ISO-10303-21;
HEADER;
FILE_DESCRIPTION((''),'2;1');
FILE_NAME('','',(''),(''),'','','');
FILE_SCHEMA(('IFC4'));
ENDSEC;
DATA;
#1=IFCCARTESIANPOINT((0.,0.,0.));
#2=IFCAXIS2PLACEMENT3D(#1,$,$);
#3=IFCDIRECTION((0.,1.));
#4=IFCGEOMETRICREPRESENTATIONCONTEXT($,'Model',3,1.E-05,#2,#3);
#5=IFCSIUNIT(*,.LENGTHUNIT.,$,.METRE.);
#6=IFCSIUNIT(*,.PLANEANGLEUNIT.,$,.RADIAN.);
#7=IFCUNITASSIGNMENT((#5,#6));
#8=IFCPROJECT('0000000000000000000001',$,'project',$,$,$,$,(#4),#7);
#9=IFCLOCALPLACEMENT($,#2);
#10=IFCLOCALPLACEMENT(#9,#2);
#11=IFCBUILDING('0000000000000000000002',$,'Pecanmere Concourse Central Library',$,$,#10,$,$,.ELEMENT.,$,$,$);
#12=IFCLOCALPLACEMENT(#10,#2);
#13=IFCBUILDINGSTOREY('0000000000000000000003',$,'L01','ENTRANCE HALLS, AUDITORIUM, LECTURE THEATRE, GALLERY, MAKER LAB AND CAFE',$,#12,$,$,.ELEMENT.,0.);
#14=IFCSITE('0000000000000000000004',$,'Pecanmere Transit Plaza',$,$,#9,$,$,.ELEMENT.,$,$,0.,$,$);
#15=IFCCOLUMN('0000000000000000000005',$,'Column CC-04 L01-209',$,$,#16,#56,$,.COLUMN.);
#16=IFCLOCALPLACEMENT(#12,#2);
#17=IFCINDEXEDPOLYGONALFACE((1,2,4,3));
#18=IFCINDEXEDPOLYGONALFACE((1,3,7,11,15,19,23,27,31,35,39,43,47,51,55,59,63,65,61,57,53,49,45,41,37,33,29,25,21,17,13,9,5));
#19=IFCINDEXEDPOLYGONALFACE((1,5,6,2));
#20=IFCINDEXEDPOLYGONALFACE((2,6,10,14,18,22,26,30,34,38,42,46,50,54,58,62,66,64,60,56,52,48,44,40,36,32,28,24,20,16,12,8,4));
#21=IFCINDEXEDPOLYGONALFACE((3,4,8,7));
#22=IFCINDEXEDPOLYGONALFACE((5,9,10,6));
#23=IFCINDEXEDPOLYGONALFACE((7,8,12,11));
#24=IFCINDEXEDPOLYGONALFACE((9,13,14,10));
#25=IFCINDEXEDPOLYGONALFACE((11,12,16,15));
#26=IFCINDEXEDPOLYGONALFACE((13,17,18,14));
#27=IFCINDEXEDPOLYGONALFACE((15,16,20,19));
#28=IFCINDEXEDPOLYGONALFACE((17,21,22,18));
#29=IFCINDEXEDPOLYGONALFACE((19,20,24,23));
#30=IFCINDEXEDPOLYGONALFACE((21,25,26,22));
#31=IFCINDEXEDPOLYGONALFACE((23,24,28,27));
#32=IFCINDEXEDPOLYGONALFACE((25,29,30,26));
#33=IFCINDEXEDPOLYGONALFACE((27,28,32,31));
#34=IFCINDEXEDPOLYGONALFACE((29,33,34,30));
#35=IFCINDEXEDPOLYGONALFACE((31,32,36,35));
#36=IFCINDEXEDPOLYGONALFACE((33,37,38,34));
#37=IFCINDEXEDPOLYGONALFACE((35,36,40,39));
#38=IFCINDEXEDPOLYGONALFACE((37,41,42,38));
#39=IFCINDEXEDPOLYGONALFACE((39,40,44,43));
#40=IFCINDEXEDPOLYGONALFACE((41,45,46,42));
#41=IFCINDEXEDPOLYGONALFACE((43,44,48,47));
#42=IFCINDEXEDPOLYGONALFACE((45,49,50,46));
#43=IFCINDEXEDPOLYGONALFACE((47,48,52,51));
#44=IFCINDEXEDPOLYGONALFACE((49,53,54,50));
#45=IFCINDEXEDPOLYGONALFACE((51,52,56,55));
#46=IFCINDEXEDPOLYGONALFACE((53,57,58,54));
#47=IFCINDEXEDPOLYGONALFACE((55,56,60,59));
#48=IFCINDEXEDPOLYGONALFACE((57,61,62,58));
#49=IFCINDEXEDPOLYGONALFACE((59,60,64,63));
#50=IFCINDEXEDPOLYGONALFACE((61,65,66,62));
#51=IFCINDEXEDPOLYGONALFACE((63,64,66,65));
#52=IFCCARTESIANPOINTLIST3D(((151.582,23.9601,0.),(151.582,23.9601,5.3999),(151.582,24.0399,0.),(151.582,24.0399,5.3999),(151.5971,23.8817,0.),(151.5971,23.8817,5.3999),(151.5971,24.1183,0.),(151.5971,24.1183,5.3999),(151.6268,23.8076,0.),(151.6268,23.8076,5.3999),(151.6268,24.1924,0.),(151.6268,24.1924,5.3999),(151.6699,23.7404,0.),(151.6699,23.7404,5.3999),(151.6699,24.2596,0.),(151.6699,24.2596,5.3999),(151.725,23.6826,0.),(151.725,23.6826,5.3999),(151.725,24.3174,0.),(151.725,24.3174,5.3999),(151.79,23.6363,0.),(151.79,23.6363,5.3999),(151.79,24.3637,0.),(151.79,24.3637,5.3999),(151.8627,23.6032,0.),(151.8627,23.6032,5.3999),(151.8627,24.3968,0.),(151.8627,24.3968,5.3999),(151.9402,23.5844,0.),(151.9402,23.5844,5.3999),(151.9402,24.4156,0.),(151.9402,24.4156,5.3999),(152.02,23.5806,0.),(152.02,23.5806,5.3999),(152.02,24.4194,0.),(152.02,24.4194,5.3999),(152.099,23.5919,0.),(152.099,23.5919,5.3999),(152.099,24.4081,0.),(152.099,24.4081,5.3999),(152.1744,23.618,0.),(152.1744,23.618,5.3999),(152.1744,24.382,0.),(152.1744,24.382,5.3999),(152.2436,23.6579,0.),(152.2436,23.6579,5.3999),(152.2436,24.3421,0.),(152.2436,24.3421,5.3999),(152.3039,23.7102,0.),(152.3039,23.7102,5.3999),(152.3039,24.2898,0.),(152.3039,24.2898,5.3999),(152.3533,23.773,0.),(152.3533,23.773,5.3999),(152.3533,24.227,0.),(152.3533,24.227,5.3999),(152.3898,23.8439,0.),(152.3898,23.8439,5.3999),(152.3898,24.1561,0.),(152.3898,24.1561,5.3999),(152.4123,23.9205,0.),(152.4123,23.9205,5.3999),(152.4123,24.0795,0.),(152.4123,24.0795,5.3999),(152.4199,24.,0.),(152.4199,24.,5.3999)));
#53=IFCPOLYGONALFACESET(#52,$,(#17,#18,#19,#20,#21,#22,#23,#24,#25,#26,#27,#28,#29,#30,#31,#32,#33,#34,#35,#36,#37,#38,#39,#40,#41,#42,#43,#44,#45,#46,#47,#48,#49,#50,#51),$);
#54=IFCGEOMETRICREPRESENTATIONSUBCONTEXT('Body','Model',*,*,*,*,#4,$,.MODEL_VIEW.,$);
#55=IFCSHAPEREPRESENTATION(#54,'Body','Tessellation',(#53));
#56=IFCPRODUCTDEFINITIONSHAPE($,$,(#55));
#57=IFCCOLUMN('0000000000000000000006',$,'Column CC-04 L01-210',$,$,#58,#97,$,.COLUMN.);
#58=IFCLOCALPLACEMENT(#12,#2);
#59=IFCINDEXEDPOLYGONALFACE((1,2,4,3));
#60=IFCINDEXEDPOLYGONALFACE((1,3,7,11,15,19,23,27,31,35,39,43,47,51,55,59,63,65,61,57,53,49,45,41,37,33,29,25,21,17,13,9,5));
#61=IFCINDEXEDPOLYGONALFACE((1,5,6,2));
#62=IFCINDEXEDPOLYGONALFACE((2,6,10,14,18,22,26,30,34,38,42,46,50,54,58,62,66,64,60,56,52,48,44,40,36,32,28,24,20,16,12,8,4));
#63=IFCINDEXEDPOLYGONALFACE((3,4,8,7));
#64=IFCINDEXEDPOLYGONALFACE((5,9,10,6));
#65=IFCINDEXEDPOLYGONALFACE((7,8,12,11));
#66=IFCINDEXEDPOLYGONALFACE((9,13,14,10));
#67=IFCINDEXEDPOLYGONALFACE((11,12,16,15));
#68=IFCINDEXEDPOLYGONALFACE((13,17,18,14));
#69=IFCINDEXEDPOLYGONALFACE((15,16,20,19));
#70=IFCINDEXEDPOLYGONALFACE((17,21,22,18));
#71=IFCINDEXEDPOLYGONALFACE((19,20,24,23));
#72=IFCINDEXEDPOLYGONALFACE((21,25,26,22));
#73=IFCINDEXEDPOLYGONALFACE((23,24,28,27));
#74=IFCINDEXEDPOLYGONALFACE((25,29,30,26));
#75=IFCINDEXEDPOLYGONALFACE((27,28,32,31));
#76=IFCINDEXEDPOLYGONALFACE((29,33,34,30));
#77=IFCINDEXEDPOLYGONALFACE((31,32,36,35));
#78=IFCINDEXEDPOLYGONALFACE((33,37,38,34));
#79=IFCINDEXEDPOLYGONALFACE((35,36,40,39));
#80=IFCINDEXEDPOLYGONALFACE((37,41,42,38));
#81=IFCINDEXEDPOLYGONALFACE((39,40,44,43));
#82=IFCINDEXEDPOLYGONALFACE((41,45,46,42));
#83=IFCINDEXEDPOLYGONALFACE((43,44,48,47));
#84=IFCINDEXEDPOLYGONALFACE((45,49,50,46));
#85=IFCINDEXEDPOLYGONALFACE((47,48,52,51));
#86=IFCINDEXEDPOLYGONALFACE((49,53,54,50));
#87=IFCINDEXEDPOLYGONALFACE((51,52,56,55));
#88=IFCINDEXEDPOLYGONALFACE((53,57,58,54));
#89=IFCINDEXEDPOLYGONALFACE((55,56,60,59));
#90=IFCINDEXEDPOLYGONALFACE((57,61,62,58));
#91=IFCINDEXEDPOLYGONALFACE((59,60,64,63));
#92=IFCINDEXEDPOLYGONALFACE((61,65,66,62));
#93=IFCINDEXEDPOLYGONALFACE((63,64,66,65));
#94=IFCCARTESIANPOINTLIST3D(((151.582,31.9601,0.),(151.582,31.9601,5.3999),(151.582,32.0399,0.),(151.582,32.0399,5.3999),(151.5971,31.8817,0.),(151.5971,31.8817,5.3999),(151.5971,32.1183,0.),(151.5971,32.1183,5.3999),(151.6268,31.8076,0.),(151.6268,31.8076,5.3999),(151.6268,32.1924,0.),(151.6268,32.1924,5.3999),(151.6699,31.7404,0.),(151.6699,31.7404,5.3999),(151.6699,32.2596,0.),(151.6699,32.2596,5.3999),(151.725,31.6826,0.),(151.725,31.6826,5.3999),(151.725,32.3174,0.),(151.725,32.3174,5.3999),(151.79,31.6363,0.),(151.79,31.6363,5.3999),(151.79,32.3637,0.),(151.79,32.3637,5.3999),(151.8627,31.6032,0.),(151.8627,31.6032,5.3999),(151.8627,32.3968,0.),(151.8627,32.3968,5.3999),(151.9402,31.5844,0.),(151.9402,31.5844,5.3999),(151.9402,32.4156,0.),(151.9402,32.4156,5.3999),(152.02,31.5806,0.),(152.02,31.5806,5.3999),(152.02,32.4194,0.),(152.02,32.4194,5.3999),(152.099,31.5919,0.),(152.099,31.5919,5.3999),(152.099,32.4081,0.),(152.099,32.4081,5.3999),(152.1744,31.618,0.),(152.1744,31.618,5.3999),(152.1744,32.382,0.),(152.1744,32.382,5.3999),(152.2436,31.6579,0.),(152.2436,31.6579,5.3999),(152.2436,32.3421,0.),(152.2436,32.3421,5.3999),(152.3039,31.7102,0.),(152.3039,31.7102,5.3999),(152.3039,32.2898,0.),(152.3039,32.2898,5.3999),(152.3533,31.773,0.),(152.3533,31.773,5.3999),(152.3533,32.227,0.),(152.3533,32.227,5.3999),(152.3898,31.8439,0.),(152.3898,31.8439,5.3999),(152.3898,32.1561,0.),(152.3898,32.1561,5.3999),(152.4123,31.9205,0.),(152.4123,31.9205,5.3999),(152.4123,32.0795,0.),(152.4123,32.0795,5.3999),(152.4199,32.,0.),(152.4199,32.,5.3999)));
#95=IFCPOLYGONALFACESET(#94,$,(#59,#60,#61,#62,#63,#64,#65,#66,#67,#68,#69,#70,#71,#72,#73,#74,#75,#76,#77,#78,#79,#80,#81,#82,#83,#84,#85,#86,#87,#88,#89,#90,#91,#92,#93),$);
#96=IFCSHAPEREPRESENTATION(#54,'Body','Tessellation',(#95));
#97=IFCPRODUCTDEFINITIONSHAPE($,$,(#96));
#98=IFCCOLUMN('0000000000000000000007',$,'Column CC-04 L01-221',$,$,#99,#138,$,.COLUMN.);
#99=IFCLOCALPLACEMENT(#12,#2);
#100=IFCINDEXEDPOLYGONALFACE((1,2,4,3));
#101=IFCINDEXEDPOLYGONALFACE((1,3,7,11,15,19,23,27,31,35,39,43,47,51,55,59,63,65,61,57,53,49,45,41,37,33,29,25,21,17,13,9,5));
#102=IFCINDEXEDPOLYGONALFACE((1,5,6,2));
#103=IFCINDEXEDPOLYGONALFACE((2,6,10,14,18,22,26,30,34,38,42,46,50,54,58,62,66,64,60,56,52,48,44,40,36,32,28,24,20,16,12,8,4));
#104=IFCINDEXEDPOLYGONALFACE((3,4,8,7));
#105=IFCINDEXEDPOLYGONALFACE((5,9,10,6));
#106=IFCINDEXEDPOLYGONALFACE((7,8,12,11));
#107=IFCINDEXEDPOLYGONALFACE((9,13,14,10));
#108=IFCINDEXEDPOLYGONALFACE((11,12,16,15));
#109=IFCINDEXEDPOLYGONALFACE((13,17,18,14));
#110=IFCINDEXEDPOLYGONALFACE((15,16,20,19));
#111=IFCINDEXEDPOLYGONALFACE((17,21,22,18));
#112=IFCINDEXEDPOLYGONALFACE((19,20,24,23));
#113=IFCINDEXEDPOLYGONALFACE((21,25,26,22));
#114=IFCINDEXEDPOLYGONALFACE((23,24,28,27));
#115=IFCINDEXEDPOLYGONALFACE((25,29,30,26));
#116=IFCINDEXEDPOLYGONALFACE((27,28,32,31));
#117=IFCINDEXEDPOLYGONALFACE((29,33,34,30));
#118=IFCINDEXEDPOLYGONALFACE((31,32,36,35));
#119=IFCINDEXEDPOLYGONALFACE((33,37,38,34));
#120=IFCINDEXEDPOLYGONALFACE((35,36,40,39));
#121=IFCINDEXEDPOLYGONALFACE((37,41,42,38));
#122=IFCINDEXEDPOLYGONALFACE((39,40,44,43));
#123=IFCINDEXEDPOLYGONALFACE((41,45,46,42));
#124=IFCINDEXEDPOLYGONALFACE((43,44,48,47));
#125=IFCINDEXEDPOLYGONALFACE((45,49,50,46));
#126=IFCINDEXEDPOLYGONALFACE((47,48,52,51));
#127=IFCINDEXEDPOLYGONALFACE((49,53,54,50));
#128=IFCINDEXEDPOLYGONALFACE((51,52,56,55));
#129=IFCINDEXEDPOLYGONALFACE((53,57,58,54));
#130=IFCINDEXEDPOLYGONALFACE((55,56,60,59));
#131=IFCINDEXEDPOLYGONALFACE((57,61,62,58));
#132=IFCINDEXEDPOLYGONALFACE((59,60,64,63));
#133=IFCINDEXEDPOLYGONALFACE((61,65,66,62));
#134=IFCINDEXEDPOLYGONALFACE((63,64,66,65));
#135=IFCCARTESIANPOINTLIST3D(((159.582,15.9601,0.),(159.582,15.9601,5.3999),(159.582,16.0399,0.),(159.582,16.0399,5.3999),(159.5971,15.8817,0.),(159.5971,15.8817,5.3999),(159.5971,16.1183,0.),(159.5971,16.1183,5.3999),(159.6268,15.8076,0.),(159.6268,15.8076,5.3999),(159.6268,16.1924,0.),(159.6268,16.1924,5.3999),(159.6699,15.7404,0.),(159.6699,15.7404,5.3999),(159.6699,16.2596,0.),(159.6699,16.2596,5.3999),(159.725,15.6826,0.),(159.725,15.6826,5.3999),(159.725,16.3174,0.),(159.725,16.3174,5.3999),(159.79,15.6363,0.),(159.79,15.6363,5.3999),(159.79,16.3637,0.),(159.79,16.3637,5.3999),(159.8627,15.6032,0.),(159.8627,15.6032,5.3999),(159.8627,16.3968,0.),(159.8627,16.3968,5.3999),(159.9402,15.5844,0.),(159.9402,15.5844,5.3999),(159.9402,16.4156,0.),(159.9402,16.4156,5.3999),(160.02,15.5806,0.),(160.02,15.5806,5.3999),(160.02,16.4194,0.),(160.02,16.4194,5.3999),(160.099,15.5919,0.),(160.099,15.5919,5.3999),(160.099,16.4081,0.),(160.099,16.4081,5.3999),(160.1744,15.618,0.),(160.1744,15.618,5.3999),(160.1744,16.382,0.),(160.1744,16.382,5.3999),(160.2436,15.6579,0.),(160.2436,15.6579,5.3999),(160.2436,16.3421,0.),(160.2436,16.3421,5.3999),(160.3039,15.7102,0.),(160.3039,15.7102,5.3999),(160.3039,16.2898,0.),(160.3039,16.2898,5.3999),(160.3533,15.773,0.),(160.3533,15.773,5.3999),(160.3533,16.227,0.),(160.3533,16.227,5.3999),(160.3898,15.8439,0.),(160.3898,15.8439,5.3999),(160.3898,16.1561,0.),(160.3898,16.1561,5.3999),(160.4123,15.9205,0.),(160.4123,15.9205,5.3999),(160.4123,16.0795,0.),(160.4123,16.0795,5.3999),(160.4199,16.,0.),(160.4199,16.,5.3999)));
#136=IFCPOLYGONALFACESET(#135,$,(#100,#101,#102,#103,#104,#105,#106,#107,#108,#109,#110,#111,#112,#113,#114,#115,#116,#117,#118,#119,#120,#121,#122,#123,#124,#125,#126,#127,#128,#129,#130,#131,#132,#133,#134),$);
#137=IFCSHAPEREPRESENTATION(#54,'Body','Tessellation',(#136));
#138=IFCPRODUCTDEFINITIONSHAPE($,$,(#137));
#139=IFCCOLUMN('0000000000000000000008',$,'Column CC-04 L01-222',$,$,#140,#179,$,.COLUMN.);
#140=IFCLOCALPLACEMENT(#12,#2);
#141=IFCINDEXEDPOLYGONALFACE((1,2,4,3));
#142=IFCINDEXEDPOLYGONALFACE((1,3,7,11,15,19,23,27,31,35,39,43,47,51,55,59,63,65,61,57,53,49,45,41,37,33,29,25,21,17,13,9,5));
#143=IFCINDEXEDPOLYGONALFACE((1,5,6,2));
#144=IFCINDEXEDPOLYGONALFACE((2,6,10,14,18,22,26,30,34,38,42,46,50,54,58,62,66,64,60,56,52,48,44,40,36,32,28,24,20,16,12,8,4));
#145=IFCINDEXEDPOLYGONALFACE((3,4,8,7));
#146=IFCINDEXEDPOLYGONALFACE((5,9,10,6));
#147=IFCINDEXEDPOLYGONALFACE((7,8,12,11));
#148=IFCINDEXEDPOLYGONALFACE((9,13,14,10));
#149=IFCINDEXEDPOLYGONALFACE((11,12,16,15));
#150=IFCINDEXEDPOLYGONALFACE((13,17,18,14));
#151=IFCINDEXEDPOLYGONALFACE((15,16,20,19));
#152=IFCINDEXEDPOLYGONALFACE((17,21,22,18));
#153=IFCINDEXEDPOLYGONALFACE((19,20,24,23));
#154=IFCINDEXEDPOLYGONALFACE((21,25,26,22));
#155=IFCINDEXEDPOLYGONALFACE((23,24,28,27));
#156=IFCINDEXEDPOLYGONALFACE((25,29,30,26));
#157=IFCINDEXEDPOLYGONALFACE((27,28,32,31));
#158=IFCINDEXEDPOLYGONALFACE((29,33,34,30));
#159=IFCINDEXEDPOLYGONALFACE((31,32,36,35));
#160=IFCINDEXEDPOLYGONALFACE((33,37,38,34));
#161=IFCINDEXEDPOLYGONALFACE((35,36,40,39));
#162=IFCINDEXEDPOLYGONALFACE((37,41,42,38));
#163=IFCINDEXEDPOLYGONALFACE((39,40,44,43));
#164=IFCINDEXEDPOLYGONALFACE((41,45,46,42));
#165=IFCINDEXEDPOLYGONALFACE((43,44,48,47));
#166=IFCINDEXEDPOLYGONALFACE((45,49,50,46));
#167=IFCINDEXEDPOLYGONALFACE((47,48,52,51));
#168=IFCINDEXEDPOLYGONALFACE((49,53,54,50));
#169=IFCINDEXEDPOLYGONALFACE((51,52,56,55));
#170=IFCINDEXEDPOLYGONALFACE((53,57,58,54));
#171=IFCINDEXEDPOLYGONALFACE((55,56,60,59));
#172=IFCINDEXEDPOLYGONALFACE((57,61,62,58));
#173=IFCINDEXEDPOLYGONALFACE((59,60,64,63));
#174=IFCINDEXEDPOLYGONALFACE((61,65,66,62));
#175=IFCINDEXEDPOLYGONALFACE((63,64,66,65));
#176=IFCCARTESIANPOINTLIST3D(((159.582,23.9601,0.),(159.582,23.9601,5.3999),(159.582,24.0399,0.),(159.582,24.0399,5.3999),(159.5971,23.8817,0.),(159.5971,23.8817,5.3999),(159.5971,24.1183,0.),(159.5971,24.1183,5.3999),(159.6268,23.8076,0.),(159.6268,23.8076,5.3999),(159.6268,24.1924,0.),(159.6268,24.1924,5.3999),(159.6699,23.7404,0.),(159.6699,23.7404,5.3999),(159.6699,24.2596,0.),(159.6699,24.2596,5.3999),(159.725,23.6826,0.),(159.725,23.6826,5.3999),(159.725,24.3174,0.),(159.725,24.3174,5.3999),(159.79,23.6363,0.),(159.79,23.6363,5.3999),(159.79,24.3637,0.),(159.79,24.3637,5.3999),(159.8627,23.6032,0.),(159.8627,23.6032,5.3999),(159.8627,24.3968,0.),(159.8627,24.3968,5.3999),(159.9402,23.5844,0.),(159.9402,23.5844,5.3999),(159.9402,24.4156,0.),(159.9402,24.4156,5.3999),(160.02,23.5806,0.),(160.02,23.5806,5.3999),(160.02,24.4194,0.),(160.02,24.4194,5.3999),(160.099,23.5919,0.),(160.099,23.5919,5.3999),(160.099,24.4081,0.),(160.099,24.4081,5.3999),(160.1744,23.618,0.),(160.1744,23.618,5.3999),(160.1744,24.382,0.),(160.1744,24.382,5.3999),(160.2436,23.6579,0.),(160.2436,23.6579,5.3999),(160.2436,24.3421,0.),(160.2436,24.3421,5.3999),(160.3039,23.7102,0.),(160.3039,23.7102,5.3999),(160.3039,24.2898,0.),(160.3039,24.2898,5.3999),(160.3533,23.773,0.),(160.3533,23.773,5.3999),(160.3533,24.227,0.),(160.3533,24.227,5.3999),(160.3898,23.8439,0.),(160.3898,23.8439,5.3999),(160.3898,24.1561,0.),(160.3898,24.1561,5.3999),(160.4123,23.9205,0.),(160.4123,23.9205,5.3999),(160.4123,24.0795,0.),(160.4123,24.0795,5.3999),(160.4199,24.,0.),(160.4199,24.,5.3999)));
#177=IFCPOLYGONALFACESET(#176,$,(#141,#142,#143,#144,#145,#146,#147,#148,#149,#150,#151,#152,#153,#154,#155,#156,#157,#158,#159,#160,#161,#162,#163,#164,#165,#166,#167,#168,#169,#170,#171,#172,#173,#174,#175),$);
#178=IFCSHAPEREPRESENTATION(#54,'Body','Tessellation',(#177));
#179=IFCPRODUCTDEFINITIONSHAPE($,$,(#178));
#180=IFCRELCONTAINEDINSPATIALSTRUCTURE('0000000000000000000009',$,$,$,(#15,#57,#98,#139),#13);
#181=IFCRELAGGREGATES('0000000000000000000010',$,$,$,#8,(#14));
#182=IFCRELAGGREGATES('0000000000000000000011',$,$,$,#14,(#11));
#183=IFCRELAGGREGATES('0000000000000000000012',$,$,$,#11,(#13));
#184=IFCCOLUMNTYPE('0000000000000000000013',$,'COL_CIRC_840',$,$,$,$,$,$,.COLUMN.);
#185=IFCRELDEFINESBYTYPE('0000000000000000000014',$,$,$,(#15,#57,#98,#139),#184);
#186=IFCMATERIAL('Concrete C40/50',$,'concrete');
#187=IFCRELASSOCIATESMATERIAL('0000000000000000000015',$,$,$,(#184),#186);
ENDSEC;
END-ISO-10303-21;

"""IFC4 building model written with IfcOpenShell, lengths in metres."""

from ifc_helpers import new_model, si_unit, direction, frame, origin, origin_2d, place, context, subcontext, project, spatial, circle, extrude, material, material_profile, profile_set, type_object, element, save


model = new_model("IFC4")

# Units and contexts
model_context = context("Model", 3, precision=1e-05, world=origin(), true_north=direction((0.0, 1.0)))
body_context = subcontext(model_context, "Body", "Model", "MODEL_VIEW")
ifc_project = project(units=[si_unit("LENGTHUNIT", "METRE"), si_unit("PLANEANGLEUNIT", "RADIAN")], contexts=[model_context])

# Site, building, storey
site_placement = place(None, origin())
site = spatial("IfcSite", under=ifc_project, at=site_placement, Name="Pecanmere Transit Plaza", CompositionType="ELEMENT", RefElevation=0.0)
building_placement = place(site_placement, origin())
building = spatial("IfcBuilding", under=site, at=building_placement, Name="Pecanmere Concourse Central Library", CompositionType="ELEMENT")
storey_placement = place(building_placement, origin())
storey = spatial("IfcBuildingStorey", under=building, at=storey_placement, Name="L01", Description="ENTRANCE HALLS, AUDITORIUM, LECTURE THEATRE, GALLERY, MAKER LAB AND CAFE", CompositionType="ELEMENT", Elevation=0.0)

# Columns
ifc_material_1 = material(Name="Concrete C40/50", Category="concrete")
ifc_material_profile_1 = material_profile(ifc_material_1, circle(Radius=0.4199, at=origin_2d()), Name="RC D840")
ifc_profile_set_1 = profile_set([ifc_material_profile_1], Name="Concrete C40/50")
column_type_1 = type_object("IfcColumnType", Name="COL_CIRC_840", PredefinedType="COLUMN", material=ifc_profile_set_1)
for number, where, z_axis, x_axis, name in (
    (1, (152.0, 24.0, 0.0), (0.0, 0.0, 1.0), (1.0, 0.0, 0.0), "Column CC-04 L01-209"),
    (2, (152.0, 32.0, 0.0), (0.0, 0.0, 1.0), (1.0, 0.0, 0.0), "Column CC-04 L01-210"),
    (3, (160.0, 16.0, 0.0), (0.0, 0.0, 1.0), (1.0, 0.0, 0.0), "Column CC-04 L01-221"),
    (4, (160.0, 24.0, 0.0), (0.0, 0.0, 1.0), (1.0, 0.0, 0.0), "Column CC-04 L01-222"),
):
    element("IfcColumn", number, at=place(storey_placement, frame(where, z_axis=z_axis, x_axis=x_axis)), inside=storey, type_object=column_type_1, Name=name, PredefinedType="COLUMN", context=body_context, shape_type="SweptSolid", body=[
        extrude(circle(Radius=0.4199, at=origin_2d()), origin(), (0.0, 0.0, 1.0), 5.3999),
    ])

save(model, "model.ifc")
